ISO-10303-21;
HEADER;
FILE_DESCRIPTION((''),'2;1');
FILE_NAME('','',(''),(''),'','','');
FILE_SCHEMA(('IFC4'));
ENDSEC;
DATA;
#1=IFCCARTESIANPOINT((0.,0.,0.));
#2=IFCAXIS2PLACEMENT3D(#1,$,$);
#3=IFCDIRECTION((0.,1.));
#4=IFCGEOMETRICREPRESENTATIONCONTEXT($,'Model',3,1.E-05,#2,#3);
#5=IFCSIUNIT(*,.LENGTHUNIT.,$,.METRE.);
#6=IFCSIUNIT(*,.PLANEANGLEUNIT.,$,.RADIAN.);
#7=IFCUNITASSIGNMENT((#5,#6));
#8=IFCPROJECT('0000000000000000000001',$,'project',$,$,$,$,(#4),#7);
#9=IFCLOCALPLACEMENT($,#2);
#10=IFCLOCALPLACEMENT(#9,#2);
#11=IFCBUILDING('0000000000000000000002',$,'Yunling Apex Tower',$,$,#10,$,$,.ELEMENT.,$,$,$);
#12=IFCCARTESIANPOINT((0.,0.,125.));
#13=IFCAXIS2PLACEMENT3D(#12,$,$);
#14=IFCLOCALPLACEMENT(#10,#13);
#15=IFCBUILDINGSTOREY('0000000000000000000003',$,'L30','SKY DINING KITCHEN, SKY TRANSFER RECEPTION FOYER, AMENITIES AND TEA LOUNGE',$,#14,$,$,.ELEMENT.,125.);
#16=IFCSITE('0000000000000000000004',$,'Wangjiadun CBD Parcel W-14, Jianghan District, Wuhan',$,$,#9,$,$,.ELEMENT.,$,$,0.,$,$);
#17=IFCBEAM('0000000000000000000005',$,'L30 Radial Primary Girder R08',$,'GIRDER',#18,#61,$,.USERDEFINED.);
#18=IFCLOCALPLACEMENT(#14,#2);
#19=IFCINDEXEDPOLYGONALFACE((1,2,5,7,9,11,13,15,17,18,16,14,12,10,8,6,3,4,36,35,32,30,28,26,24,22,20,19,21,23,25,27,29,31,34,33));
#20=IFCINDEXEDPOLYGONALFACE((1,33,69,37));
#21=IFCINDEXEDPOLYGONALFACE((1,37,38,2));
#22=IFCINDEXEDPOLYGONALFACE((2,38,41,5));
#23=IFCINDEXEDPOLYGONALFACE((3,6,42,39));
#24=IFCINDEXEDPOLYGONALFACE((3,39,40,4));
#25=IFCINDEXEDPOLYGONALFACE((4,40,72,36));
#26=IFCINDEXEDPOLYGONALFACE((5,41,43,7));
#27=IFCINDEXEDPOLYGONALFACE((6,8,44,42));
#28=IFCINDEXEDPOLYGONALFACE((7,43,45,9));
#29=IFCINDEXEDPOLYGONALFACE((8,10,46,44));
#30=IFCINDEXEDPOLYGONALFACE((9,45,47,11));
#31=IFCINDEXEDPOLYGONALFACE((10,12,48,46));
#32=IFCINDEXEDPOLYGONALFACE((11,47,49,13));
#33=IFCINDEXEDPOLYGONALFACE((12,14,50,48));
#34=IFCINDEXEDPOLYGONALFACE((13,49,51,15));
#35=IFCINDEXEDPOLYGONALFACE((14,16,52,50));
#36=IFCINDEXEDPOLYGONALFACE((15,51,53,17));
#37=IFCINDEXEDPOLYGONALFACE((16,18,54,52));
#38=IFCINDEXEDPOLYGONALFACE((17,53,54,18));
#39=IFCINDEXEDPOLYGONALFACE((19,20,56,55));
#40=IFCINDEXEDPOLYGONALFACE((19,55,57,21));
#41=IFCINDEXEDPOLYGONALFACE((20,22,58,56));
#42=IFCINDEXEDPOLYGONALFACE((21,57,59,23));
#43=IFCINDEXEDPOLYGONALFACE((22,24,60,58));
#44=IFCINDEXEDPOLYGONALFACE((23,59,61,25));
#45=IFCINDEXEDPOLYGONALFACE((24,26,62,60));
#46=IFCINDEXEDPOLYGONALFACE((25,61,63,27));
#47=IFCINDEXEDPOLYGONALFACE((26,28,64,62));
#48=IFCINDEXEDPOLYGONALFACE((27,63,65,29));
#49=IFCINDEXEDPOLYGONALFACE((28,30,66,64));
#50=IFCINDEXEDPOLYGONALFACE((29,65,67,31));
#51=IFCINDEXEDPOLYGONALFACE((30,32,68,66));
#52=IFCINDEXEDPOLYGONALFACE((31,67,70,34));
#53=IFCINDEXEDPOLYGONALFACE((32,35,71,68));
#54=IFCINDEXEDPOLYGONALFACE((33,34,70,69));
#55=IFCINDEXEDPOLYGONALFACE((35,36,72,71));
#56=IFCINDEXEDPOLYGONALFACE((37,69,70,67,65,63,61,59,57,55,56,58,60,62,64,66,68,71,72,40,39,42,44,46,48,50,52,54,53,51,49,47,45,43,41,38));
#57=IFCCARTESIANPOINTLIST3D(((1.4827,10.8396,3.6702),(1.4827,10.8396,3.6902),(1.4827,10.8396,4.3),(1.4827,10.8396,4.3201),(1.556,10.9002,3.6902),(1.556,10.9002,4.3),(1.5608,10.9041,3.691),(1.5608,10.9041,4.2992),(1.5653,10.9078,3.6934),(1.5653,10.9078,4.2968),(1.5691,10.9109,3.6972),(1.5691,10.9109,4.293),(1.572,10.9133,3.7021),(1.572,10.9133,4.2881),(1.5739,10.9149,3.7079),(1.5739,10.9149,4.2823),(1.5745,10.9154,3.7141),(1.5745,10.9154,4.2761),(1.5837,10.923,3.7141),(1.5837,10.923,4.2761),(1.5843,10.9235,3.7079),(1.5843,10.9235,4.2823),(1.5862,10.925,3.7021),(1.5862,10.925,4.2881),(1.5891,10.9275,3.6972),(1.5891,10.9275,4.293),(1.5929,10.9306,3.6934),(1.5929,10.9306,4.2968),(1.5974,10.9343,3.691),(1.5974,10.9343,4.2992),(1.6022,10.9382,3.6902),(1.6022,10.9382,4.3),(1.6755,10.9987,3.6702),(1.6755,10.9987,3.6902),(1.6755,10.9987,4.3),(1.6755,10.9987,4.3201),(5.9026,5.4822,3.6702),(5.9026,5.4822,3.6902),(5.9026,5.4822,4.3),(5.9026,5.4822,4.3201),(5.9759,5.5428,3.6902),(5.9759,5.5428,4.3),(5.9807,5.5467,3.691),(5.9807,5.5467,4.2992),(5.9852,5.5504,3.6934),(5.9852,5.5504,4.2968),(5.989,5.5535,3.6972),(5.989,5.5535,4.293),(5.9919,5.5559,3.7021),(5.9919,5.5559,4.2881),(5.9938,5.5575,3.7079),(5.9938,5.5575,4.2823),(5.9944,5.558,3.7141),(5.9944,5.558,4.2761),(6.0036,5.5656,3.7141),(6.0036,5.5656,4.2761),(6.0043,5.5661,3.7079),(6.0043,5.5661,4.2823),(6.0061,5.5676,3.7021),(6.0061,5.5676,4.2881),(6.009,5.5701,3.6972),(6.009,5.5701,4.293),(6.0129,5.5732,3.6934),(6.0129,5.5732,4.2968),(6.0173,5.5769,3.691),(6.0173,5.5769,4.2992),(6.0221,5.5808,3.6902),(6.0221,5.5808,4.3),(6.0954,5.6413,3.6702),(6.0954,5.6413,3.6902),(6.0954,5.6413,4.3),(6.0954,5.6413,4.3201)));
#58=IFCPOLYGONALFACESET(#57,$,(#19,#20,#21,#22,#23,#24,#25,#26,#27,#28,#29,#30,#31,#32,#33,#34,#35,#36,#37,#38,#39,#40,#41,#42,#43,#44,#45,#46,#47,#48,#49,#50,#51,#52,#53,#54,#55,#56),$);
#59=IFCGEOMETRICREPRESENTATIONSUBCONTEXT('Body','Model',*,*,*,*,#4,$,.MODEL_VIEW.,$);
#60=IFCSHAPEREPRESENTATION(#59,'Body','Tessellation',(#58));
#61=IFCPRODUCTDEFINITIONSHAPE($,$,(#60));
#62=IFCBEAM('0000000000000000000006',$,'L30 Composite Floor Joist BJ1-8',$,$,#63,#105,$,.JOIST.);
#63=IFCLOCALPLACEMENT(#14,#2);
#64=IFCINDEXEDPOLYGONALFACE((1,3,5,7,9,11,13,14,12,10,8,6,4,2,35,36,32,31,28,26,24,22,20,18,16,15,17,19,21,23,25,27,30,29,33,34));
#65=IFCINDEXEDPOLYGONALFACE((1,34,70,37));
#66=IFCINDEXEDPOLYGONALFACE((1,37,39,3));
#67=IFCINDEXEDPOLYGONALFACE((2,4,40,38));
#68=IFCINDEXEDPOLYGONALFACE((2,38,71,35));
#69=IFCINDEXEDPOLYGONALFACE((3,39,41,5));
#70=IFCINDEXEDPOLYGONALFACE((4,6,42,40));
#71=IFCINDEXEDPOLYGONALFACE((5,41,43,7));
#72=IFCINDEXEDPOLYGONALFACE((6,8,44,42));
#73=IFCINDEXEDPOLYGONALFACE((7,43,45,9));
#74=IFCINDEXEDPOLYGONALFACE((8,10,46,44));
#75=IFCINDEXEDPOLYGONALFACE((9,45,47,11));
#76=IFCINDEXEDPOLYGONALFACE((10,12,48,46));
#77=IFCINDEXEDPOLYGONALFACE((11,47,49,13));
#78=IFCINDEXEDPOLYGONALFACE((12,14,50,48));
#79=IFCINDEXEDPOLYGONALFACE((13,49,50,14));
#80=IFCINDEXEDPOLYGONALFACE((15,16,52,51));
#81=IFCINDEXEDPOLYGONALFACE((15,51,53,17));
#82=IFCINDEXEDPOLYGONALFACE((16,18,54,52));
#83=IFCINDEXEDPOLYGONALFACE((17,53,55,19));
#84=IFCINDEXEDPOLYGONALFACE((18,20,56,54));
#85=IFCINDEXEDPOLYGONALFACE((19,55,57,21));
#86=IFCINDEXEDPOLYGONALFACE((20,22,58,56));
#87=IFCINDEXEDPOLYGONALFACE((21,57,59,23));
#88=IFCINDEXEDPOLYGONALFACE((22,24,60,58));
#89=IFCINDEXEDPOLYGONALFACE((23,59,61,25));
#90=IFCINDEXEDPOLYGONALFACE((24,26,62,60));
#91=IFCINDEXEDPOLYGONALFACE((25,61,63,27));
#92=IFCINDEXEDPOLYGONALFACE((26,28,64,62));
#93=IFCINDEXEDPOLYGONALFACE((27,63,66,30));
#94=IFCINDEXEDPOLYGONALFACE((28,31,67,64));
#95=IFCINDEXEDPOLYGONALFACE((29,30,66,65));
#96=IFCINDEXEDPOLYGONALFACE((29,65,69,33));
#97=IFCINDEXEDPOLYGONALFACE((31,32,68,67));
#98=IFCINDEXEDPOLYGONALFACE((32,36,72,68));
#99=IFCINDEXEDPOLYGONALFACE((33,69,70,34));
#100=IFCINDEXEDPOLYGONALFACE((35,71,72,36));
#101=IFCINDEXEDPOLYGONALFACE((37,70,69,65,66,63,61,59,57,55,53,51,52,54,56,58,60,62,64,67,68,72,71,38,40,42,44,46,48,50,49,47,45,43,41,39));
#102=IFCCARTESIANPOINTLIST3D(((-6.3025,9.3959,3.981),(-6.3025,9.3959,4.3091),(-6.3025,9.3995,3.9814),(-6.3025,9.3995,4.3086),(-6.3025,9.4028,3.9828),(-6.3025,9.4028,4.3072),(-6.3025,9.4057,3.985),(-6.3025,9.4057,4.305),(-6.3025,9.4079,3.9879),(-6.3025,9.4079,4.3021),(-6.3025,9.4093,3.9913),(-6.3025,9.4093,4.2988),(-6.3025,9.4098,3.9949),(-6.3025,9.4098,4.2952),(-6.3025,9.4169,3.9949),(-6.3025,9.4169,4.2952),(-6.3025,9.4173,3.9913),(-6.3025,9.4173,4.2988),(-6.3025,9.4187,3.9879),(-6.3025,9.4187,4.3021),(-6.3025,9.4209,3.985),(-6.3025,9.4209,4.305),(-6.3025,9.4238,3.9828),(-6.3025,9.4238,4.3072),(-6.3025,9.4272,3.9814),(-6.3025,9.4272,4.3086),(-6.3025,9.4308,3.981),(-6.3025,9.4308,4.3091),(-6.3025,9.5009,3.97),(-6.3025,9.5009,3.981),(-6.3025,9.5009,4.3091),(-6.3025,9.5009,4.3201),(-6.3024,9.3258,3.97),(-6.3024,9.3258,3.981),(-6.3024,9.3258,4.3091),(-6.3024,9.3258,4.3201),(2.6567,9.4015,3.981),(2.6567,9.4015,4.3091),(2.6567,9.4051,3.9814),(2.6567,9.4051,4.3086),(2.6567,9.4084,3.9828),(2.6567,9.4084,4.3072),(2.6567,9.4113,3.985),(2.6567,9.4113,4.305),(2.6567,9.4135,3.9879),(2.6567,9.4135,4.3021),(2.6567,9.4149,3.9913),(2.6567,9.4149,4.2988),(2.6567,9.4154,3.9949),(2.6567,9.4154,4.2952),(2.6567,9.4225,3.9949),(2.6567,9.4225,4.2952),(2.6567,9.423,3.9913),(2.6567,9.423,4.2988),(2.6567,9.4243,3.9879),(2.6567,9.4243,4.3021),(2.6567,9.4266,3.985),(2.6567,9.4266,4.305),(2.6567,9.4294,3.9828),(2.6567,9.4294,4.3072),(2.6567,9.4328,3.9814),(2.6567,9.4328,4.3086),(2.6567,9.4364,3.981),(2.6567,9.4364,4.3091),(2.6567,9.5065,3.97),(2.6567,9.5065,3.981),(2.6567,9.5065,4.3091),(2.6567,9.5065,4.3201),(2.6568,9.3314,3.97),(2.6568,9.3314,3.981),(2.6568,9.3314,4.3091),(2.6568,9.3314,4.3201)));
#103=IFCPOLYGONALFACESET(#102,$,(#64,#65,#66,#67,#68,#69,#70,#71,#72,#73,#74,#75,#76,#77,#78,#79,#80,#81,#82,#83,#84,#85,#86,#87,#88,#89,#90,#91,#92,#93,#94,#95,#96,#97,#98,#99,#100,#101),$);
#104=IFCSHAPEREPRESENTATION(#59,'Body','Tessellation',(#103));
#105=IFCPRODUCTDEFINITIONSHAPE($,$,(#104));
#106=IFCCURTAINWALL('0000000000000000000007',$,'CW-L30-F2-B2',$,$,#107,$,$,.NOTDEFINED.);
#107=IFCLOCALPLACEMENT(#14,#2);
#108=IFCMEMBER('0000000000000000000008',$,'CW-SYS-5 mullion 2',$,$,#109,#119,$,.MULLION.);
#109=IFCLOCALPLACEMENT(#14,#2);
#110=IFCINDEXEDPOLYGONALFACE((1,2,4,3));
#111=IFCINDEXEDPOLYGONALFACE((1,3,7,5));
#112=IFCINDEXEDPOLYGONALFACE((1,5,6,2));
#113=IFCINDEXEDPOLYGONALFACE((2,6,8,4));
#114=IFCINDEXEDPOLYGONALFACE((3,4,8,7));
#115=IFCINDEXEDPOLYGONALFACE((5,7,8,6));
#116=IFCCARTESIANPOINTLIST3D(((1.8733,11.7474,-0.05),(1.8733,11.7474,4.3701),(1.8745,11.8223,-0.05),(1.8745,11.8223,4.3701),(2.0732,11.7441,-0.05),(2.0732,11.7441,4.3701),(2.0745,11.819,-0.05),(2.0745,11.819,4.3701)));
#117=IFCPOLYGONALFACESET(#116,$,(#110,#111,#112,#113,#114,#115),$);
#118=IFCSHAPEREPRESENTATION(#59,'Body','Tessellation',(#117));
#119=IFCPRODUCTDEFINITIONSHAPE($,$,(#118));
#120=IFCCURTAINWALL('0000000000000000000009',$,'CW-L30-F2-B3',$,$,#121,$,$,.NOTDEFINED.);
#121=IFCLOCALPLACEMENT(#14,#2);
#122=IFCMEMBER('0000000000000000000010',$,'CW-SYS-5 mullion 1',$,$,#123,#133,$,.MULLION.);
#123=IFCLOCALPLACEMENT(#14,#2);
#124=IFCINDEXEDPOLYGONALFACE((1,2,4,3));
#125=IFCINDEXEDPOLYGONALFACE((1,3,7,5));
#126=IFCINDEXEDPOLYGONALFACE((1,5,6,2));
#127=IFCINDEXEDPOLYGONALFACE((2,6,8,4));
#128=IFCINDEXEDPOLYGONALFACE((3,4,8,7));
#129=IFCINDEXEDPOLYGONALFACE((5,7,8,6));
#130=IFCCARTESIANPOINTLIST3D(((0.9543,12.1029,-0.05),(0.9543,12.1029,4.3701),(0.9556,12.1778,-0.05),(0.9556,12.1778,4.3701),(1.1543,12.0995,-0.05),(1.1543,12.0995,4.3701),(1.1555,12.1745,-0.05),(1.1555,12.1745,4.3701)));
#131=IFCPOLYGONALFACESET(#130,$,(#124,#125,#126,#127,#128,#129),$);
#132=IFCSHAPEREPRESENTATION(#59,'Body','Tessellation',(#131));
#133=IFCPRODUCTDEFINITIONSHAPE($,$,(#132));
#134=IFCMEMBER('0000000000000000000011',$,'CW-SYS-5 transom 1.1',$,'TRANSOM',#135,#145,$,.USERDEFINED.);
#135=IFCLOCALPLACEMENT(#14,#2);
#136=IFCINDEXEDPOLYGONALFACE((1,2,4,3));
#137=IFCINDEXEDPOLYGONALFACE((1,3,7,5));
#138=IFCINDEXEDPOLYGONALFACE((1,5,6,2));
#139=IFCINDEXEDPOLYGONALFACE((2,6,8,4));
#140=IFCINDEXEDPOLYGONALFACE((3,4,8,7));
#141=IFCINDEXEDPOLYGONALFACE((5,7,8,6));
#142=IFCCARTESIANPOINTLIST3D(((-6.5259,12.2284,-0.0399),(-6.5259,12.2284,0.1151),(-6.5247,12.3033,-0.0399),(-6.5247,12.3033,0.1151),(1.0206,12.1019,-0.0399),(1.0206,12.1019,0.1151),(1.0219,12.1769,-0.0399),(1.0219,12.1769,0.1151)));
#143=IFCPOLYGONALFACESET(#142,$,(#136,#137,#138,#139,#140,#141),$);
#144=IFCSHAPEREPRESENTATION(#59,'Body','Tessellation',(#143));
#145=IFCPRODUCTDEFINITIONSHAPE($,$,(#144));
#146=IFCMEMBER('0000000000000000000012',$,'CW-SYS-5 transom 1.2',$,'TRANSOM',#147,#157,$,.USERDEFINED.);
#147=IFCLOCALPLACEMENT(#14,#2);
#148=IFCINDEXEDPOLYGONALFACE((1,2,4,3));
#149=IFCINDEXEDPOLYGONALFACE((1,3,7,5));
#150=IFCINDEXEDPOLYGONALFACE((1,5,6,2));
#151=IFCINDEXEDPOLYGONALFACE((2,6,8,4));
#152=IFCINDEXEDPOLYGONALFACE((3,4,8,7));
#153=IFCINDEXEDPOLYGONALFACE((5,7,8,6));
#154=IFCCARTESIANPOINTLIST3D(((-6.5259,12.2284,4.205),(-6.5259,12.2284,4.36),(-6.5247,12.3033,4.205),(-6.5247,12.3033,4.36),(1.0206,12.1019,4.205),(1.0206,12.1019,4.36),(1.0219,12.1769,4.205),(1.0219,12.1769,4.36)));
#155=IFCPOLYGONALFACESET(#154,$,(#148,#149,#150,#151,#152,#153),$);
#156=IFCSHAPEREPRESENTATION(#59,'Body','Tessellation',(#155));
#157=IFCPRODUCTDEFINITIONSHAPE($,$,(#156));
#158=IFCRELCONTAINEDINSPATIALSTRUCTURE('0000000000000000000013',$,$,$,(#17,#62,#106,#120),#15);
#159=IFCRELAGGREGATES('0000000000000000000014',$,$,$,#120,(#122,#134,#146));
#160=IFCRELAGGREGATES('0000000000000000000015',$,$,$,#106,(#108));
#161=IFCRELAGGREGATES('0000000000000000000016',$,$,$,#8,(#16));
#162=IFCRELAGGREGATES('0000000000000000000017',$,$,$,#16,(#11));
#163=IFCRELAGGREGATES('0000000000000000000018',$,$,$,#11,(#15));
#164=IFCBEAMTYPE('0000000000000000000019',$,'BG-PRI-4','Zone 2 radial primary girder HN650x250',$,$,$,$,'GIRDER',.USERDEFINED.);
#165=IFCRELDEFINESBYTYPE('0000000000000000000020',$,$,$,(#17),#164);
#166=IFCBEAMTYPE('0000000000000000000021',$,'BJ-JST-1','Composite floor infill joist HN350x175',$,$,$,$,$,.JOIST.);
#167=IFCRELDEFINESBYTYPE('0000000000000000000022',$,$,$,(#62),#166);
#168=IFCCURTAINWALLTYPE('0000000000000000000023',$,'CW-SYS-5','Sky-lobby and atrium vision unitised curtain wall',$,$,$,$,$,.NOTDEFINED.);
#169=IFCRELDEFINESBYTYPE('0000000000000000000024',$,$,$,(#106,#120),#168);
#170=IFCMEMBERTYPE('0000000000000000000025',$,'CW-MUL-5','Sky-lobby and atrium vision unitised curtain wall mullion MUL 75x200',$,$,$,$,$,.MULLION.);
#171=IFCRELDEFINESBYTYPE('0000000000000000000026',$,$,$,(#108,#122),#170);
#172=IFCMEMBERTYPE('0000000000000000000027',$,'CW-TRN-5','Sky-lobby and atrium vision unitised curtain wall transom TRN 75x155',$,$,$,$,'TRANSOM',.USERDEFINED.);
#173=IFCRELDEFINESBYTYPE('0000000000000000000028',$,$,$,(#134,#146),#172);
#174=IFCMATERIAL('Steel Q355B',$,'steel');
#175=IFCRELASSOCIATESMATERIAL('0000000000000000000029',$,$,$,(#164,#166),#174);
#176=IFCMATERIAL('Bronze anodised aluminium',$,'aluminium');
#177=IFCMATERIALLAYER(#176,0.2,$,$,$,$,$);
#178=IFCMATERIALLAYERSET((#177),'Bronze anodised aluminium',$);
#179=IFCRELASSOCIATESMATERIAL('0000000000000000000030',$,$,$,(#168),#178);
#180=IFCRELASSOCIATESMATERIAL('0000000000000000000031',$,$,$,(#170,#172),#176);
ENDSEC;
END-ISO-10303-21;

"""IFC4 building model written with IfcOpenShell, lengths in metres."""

from ifc_helpers import new_model, si_unit, direction, frame, origin, origin_2d, place, context, subcontext, project, spatial, rectangle, i_section, extrude, source, transform, mapped, material, layer, layer_set, material_profile, profile_set, type_object, element, aggregate, save


model = new_model("IFC4")

# Units and contexts
model_context = context("Model", 3, precision=1e-05, world=origin(), true_north=direction((0.0, 1.0)))
body_context = subcontext(model_context, "Body", "Model", "MODEL_VIEW")
ifc_project = project(units=[si_unit("LENGTHUNIT", "METRE"), si_unit("PLANEANGLEUNIT", "RADIAN")], contexts=[model_context])

# Site, building, storey
site_placement = place(None, origin())
site = spatial("IfcSite", under=ifc_project, at=site_placement, Name="Wangjiadun CBD Parcel W-14, Jianghan District, Wuhan", CompositionType="ELEMENT", RefElevation=0.0)
building_placement = place(site_placement, origin())
building = spatial("IfcBuilding", under=site, at=building_placement, Name="Yunling Apex Tower", CompositionType="ELEMENT")
storey_placement = place(building_placement, frame((0.0, 0.0, 125.0)))
storey = spatial("IfcBuildingStorey", under=building, at=storey_placement, Name="L30", Description="SKY DINING KITCHEN, SKY TRANSFER RECEPTION FOYER, AMENITIES AND TEA LOUNGE", CompositionType="ELEMENT", Elevation=125.0)

# Beams
ifc_material_1 = material(Name="Steel Q355B", Category="steel")
ifc_material_profile_1 = material_profile(ifc_material_1, i_section(OverallWidth=0.25, OverallDepth=0.6499, WebThickness=0.012, FlangeThickness=0.02, FilletRadius=0.0239, at=origin_2d()))
ifc_profile_set_1 = profile_set([ifc_material_profile_1], Name="Steel Q355B")
beam_type_1 = type_object("IfcBeamType", Name="BG-PRI-4", Description="Zone 2 radial primary girder HN650x250", ElementType="GIRDER", PredefinedType="USERDEFINED", material=ifc_profile_set_1)
shared_shape_1 = source(origin(), body_context, "Body", "SweptSolid", [
    extrude(i_section(OverallWidth=0.25, OverallDepth=0.6499, WebThickness=0.012, FlangeThickness=0.02, FilletRadius=0.0239, at=origin_2d()), origin(), (0.0, 0.0, 1.0), 6.9453),
])
beam_1_placement = place(storey_placement, frame((1.5791, 10.9192, 3.9951), z_axis=(0.636387, -0.77137, 0.0), x_axis=(0.77137, 0.636387, 0.0)))
element("IfcBeam", 1, at=beam_1_placement, inside=storey, type_object=beam_type_1, Name="L30 Radial Primary Girder R08", ObjectType="GIRDER", PredefinedType="USERDEFINED", context=body_context, shape_type="MappedRepresentation", body=[
    mapped(shared_shape_1, transform((0.0, 0.0, 0.0), scale=1.0)),
])
ifc_material_profile_2 = material_profile(ifc_material_1, i_section(OverallWidth=0.175, OverallDepth=0.3501, WebThickness=0.0071, FlangeThickness=0.011, FilletRadius=0.0139, at=origin_2d()))
ifc_profile_set_2 = profile_set([ifc_material_profile_2], Name="Steel Q355B")
beam_type_2 = type_object("IfcBeamType", Name="BJ-JST-1", Description="Composite floor infill joist HN350x175", PredefinedType="JOIST", material=ifc_profile_set_2)
shared_shape_2 = source(origin(), body_context, "Body", "SweptSolid", [
    extrude(i_section(OverallWidth=0.175, OverallDepth=0.3501, WebThickness=0.0071, FlangeThickness=0.011, FilletRadius=0.0139, at=origin_2d()), origin(), (0.0, 0.0, 1.0), 8.9592),
])
beam_2_placement = place(storey_placement, frame((2.6567, 9.4189, 4.145), z_axis=(-1.0, -0.000627, 0.0), x_axis=(0.000627, -1.0, 0.0)))
element("IfcBeam", 2, at=beam_2_placement, inside=storey, type_object=beam_type_2, Name="L30 Composite Floor Joist BJ1-8", PredefinedType="JOIST", context=body_context, shape_type="MappedRepresentation", body=[
    mapped(shared_shape_2, transform((0.0, 0.0, 0.0), scale=1.0)),
])

# Curtain wall, member
ifc_material_2 = material(Name="Bronze anodised aluminium", Category="aluminium")
ifc_layer_1 = layer(ifc_material_2, 0.2)
ifc_layer_set_1 = layer_set([ifc_layer_1], Name="Bronze anodised aluminium")
curtain_wall_type = type_object("IfcCurtainWallType", Name="CW-SYS-5", Description="Sky-lobby and atrium vision unitised curtain wall", PredefinedType="NOTDEFINED", material=ifc_layer_set_1)
curtain_wall_1_placement = place(storey_placement, origin())
curtain_wall_1 = element("IfcCurtainWall", 3, at=curtain_wall_1_placement, inside=storey, type_object=curtain_wall_type, Name="CW-L30-F2-B2", PredefinedType="NOTDEFINED")
ifc_material_profile_3 = material_profile(ifc_material_2, rectangle(XDim=0.075, YDim=0.2, at=origin_2d()))
ifc_profile_set_3 = profile_set([ifc_material_profile_3], Name="Bronze anodised aluminium")
member_type_1 = type_object("IfcMemberType", Name="CW-MUL-5", Description="Sky-lobby and atrium vision unitised curtain wall mullion MUL 75x200", PredefinedType="MULLION", material=ifc_profile_set_3)
shared_shape_3 = source(origin(), body_context, "Body", "SweptSolid", [
    extrude(rectangle(XDim=0.075, YDim=0.2, at=origin_2d()), origin(), (0.0, 0.0, 1.0), 4.4202),
])
member_1_placement = place(storey_placement, frame((1.9739, 11.7832, -0.05), z_axis=(0.0, 0.0, 1.0), x_axis=(-0.016767, -0.999859, 0.0)))
member_1 = element("IfcMember", 4, at=member_1_placement, type_object=member_type_1, Name="CW-SYS-5 mullion 2", PredefinedType="MULLION", context=body_context, shape_type="MappedRepresentation", body=[
    mapped(shared_shape_3, transform((0.0, 0.0, 0.0), scale=1.0)),
])

# Curtain wall, members
curtain_wall_2_placement = place(storey_placement, origin())
curtain_wall_2 = element("IfcCurtainWall", 5, at=curtain_wall_2_placement, inside=storey, type_object=curtain_wall_type, Name="CW-L30-F2-B3", PredefinedType="NOTDEFINED")
member_2_placement = place(storey_placement, frame((1.0549, 12.1387, -0.05), z_axis=(0.0, 0.0, 1.0), x_axis=(-0.016762, -0.99986, 0.0)))
member_2 = element("IfcMember", 6, at=member_2_placement, type_object=member_type_1, Name="CW-SYS-5 mullion 1", PredefinedType="MULLION", context=body_context, shape_type="MappedRepresentation", body=[
    mapped(shared_shape_3, transform((0.0, 0.0, 0.0), scale=1.0)),
])
ifc_material_profile_4 = material_profile(ifc_material_2, rectangle(XDim=0.075, YDim=0.155, at=origin_2d()))
ifc_profile_set_4 = profile_set([ifc_material_profile_4], Name="Bronze anodised aluminium")
member_type_2 = type_object("IfcMemberType", Name="CW-TRN-5", Description="Sky-lobby and atrium vision unitised curtain wall transom TRN 75x155", ElementType="TRANSOM", PredefinedType="USERDEFINED", material=ifc_profile_set_4)
shared_shape_4 = source(origin(), body_context, "Body", "SweptSolid", [
    extrude(rectangle(XDim=0.075, YDim=0.155, at=origin_2d()), origin(), (0.0, 0.0, 1.0), 7.5476),
])
member_3_placement = place(storey_placement, frame((1.0212, 12.1394, 0.0376), z_axis=(-0.99986, 0.016755, 0.0), x_axis=(-0.016755, -0.99986, 0.0)))
member_3 = element("IfcMember", 7, at=member_3_placement, type_object=member_type_2, Name="CW-SYS-5 transom 1.1", ObjectType="TRANSOM", PredefinedType="USERDEFINED", context=body_context, shape_type="MappedRepresentation", body=[
    mapped(shared_shape_4, transform((0.0, 0.0, 0.0), scale=1.0)),
])
member_4_placement = place(storey_placement, frame((1.0212, 12.1394, 4.2825), z_axis=(-0.99986, 0.016755, 0.0), x_axis=(-0.016755, -0.99986, 0.0)))
member_4 = element("IfcMember", 8, at=member_4_placement, type_object=member_type_2, Name="CW-SYS-5 transom 1.2", ObjectType="TRANSOM", PredefinedType="USERDEFINED", context=body_context, shape_type="MappedRepresentation", body=[
    mapped(shared_shape_4, transform((0.0, 0.0, 0.0), scale=1.0)),
])
aggregate(curtain_wall_2, [member_2, member_3, member_4])

aggregate(curtain_wall_1, [member_1])

save(model, "model.ifc")
